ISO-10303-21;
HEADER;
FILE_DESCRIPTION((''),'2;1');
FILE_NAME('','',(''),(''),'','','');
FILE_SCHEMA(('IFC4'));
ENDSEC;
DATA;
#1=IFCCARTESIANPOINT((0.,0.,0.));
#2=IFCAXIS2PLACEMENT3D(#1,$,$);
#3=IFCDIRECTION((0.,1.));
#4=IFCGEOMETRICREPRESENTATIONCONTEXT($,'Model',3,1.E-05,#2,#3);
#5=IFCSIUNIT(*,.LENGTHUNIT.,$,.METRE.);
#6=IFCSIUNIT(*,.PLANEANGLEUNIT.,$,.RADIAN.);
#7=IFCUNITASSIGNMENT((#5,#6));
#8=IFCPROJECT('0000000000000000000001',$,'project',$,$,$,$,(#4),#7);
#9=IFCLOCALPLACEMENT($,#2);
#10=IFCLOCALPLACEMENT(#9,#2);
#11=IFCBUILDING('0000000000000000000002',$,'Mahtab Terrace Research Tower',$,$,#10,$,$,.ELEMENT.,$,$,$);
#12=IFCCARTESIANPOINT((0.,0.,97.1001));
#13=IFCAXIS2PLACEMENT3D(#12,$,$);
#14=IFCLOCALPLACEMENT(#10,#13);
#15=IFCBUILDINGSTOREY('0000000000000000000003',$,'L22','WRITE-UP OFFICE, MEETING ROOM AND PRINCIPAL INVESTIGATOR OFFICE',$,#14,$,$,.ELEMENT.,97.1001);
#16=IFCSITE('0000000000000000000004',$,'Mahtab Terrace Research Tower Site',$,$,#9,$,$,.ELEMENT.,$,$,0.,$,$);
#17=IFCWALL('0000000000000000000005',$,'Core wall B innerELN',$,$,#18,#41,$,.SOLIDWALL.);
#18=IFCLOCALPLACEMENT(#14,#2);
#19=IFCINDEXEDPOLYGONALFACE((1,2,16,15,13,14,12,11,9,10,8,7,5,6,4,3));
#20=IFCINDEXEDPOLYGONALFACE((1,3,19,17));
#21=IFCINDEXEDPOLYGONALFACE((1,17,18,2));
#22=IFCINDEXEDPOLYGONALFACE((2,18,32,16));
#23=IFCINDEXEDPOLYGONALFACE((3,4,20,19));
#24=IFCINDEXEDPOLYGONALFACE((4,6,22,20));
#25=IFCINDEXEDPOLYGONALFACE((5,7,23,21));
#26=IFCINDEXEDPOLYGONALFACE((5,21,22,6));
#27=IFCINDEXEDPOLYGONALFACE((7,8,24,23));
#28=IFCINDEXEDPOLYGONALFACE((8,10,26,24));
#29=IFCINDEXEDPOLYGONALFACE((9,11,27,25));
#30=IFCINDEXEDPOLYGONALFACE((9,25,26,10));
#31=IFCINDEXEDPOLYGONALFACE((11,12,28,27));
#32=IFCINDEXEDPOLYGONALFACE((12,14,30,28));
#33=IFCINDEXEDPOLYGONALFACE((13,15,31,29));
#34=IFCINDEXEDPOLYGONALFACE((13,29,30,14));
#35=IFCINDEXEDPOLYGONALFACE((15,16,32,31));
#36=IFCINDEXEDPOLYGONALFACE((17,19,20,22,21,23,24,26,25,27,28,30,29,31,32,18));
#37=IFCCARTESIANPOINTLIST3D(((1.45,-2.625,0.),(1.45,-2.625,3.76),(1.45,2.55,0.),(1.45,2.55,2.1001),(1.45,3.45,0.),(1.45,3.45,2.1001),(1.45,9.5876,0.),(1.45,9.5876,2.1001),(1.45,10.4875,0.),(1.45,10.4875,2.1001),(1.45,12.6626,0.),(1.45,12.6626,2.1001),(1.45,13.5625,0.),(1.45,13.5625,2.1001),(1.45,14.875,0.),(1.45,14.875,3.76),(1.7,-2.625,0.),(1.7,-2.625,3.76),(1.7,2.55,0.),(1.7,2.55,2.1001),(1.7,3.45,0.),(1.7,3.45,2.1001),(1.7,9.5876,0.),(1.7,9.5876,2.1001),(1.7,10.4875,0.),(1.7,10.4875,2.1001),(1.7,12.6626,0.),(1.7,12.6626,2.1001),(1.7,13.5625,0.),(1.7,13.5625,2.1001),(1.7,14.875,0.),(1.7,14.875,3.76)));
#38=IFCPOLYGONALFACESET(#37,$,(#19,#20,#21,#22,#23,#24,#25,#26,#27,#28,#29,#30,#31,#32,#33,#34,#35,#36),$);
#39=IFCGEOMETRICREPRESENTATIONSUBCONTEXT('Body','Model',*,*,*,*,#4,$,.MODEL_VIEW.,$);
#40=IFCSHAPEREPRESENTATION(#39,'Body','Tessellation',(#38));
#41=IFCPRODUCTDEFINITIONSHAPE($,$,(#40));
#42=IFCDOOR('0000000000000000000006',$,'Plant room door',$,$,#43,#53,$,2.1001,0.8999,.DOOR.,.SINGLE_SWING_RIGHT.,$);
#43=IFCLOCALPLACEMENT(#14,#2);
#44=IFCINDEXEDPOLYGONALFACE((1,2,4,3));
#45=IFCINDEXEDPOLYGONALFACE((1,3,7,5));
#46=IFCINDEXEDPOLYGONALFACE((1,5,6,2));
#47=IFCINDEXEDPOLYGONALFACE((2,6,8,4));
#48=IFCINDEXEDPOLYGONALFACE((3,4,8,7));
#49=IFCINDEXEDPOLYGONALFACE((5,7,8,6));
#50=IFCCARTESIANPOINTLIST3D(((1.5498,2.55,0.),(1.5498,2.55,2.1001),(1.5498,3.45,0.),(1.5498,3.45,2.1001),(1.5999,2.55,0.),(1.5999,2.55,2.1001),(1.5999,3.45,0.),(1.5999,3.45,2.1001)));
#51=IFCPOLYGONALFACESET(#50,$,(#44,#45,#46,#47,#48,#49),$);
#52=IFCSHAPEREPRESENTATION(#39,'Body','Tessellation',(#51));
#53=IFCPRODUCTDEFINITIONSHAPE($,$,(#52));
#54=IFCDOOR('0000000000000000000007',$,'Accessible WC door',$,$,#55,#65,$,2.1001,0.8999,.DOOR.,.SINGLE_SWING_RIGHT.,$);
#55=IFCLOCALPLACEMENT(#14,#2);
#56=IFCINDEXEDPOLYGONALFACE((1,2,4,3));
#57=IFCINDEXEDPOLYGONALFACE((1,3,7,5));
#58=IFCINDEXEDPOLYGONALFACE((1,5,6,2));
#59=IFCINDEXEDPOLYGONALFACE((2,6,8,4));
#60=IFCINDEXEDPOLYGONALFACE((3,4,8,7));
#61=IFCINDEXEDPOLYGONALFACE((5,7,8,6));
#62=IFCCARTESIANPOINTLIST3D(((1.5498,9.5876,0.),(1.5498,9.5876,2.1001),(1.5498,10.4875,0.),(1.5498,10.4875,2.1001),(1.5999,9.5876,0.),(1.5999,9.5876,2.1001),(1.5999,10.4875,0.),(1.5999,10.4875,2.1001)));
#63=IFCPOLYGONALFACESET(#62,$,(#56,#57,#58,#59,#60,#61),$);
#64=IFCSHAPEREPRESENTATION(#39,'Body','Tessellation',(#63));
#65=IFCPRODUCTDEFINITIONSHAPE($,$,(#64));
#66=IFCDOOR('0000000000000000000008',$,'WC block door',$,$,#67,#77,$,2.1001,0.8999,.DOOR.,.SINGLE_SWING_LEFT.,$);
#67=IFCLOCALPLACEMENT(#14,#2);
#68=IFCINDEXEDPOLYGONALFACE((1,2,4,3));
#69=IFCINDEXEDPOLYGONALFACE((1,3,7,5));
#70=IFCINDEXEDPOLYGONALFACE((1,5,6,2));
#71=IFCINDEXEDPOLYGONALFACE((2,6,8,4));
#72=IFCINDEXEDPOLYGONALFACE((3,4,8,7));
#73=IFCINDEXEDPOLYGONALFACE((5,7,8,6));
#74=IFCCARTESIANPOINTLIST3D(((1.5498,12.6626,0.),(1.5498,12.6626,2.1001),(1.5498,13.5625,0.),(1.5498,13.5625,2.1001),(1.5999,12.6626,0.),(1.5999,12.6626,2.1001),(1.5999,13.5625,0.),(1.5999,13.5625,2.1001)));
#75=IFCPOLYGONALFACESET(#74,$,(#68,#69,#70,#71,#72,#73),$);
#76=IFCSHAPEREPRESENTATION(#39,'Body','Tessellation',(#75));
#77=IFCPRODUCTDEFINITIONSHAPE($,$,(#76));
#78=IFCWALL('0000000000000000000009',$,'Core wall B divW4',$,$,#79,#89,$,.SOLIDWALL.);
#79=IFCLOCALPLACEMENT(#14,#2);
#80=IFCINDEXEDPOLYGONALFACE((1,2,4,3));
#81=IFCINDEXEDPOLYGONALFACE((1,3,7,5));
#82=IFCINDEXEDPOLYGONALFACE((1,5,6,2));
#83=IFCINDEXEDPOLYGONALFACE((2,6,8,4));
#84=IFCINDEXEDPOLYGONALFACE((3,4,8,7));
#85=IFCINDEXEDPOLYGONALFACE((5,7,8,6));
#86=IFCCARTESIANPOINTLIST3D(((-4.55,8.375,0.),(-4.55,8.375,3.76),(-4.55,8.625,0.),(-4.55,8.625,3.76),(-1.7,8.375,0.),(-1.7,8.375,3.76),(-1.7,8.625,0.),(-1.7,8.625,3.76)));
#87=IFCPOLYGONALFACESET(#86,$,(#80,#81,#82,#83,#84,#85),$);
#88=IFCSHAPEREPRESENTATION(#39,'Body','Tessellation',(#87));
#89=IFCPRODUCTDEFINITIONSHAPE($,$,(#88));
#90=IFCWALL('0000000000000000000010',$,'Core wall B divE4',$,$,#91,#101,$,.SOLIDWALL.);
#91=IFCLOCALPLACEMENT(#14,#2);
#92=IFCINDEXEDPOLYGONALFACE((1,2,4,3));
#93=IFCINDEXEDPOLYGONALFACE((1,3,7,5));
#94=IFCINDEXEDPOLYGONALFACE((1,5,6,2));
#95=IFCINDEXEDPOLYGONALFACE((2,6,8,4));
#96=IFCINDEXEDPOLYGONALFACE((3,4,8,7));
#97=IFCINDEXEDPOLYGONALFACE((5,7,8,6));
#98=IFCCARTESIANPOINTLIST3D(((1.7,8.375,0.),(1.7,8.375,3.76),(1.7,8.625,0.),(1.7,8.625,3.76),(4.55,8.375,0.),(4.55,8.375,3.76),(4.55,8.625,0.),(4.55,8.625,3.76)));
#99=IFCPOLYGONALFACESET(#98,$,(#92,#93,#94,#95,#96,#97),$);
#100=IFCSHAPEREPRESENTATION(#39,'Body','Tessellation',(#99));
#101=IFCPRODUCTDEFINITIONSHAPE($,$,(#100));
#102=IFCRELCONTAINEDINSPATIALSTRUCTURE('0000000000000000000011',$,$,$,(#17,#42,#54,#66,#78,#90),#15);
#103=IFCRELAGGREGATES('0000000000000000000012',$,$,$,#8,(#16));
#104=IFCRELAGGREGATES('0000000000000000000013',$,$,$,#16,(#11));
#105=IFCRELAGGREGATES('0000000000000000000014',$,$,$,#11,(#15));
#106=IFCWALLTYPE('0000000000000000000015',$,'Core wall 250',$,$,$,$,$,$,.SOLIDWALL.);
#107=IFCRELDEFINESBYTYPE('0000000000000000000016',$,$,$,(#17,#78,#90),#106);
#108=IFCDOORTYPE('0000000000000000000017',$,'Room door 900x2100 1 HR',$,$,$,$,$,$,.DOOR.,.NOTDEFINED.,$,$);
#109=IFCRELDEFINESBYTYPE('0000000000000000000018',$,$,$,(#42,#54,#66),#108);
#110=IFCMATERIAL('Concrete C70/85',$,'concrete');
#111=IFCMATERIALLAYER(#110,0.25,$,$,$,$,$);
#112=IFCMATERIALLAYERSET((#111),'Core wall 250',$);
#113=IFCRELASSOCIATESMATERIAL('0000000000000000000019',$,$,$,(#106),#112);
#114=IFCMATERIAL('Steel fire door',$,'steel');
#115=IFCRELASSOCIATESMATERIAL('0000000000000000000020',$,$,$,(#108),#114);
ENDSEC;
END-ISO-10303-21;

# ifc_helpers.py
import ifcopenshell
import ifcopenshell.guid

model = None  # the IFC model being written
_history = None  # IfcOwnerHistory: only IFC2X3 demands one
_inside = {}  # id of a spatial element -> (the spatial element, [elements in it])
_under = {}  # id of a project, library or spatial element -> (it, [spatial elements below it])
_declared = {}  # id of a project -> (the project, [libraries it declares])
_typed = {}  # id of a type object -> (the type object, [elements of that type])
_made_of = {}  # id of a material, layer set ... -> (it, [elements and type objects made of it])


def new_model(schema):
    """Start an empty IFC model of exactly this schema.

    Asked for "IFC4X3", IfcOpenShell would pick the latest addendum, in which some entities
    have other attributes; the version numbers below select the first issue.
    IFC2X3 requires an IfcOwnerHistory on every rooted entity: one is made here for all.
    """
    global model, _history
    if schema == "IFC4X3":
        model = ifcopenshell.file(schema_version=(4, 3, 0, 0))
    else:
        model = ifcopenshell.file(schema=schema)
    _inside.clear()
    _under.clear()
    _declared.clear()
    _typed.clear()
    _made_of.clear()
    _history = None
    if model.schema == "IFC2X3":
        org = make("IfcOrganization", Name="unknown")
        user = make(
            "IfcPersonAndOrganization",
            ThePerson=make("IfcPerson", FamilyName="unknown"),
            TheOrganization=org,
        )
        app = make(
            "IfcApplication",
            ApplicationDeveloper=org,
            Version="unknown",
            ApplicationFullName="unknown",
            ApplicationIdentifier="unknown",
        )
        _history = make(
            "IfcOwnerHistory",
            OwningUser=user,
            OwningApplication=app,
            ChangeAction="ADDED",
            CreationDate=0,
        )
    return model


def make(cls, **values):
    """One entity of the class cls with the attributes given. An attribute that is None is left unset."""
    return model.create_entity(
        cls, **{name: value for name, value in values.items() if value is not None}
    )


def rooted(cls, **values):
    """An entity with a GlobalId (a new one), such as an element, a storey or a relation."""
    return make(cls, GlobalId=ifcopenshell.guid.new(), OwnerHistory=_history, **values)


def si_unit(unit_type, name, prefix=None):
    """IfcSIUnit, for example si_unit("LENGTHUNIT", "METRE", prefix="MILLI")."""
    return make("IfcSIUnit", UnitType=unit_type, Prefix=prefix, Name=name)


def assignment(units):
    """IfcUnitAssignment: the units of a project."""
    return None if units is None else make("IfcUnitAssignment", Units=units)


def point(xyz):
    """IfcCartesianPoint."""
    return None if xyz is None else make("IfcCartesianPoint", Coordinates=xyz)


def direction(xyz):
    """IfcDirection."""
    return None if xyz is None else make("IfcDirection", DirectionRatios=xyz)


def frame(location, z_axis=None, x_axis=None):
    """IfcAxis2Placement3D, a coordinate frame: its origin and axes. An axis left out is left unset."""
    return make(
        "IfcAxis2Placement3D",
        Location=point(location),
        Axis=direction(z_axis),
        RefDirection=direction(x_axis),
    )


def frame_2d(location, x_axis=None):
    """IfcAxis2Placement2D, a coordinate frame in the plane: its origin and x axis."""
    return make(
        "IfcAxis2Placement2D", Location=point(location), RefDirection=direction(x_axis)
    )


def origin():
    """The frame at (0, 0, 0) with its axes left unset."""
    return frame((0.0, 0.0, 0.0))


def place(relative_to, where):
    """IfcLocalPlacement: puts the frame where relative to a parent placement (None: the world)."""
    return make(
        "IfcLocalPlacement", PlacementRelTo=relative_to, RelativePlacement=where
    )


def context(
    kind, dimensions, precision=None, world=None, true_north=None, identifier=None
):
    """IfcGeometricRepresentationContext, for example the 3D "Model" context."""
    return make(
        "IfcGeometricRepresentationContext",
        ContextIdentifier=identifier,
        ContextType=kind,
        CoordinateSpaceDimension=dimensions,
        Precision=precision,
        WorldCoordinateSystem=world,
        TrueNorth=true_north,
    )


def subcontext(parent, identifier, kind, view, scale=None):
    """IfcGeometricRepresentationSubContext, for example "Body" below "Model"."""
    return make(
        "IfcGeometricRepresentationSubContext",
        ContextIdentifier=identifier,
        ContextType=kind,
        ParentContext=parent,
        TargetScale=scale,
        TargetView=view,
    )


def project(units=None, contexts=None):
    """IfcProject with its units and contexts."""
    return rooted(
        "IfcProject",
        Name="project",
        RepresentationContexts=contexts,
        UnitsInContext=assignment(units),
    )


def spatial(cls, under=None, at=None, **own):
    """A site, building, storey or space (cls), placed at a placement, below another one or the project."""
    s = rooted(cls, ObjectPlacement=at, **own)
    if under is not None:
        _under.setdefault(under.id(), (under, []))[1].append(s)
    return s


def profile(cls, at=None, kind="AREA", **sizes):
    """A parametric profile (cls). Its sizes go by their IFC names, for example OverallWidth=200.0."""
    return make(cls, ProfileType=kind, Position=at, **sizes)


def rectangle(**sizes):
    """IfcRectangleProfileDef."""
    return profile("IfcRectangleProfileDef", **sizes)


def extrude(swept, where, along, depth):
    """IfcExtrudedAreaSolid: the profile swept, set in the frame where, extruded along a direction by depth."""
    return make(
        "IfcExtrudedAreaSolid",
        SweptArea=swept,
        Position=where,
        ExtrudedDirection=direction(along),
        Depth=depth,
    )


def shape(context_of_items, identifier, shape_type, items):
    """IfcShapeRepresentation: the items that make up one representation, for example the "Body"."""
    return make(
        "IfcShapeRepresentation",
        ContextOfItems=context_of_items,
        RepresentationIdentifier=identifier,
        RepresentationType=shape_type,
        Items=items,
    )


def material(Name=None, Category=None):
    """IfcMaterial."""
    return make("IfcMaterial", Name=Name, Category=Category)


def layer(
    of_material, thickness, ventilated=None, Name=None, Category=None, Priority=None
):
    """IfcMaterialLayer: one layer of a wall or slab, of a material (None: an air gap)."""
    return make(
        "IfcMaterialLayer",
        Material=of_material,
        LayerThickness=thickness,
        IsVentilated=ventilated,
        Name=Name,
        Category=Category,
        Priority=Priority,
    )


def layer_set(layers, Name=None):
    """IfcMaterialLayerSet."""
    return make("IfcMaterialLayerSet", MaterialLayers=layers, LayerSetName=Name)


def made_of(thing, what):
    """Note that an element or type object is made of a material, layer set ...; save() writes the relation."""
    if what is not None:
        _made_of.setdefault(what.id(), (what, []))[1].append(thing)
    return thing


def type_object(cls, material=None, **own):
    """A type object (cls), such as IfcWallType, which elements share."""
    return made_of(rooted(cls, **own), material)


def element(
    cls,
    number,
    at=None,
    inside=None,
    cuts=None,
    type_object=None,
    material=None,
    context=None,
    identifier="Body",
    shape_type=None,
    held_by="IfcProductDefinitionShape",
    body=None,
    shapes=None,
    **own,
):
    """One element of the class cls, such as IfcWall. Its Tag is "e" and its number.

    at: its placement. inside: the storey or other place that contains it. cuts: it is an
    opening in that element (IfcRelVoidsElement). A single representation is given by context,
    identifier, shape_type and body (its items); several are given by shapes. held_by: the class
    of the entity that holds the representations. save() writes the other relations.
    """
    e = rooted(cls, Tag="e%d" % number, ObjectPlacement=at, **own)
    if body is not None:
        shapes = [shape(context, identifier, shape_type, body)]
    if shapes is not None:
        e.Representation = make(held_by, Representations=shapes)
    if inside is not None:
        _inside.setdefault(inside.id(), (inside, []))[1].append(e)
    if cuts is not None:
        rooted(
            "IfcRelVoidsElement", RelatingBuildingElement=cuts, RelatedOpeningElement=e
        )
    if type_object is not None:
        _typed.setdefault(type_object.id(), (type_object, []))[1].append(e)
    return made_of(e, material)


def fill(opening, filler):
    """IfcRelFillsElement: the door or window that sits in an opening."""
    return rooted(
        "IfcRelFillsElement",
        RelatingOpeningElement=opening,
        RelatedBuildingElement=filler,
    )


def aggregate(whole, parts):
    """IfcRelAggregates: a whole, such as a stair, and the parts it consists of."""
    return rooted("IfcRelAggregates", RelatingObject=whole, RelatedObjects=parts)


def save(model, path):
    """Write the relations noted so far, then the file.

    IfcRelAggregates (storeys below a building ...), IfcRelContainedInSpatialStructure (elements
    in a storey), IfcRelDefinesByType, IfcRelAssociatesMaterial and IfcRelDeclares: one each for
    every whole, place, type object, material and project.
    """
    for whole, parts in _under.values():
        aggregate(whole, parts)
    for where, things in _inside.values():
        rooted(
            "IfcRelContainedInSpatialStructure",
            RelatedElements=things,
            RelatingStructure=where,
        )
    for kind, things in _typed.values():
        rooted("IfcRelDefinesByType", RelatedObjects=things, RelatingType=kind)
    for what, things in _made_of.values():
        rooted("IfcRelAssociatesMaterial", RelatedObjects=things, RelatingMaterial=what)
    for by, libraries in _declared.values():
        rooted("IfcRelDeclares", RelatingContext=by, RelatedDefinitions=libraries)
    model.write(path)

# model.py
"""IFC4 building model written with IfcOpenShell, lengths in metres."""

from ifc_helpers import new_model, si_unit, direction, frame, frame_2d, origin, place, context, subcontext, project, spatial, rectangle, extrude, material, layer, layer_set, type_object, element, fill, save


model = new_model("IFC4")

# Units and contexts
model_context = context("Model", 3, precision=1e-05, world=origin(), true_north=direction((0.0, 1.0)))
body_context = subcontext(model_context, "Body", "Model", "MODEL_VIEW")
ifc_project = project(units=[si_unit("LENGTHUNIT", "METRE"), si_unit("PLANEANGLEUNIT", "RADIAN")], contexts=[model_context])

# Site, building, storey
site_placement = place(None, origin())
site = spatial("IfcSite", under=ifc_project, at=site_placement, Name="Mahtab Terrace Research Tower Site", CompositionType="ELEMENT", RefElevation=0.0)
building_placement = place(site_placement, origin())
building = spatial("IfcBuilding", under=site, at=building_placement, Name="Mahtab Terrace Research Tower", CompositionType="ELEMENT")
storey_placement = place(building_placement, frame((0.0, 0.0, 97.1001)))
storey = spatial("IfcBuildingStorey", under=building, at=storey_placement, Name="L22", Description="WRITE-UP OFFICE, MEETING ROOM AND PRINCIPAL INVESTIGATOR OFFICE", CompositionType="ELEMENT", Elevation=97.1001)

# Shared definitions
ifc_material_1 = material(Name="Concrete C70/85", Category="concrete")

# Shared definitions
ifc_layer_1 = layer(ifc_material_1, 0.25)
ifc_layer_set_1 = layer_set([ifc_layer_1], Name="Core wall 250")
wall_type_1 = type_object("IfcWallType", Name="Core wall 250", PredefinedType="SOLIDWALL", material=ifc_layer_set_1)
ifc_material_2 = material(Name="Steel fire door", Category="steel")

# Wall, openings, doors
wall_1_placement = place(storey_placement, frame((1.575, 14.875, 0.0), z_axis=(0.0, 0.0, 1.0), x_axis=(0.0, -1.0, 0.0)))
wall_1 = element("IfcWall", 1, at=wall_1_placement, inside=storey, type_object=wall_type_1, Name="Core wall B innerELN", PredefinedType="SOLIDWALL", context=body_context, shape_type="SweptSolid", body=[
    extrude(rectangle(XDim=17.5, YDim=0.25, at=frame_2d((8.75, 0.0))), origin(), (0.0, 0.0, 1.0), 3.76),
])
opening_1_placement = place(wall_1_placement, frame((11.425, 0.0, 0.0)))
opening_1 = element("IfcOpeningElement", 2, at=opening_1_placement, cuts=wall_1, PredefinedType="OPENING", context=body_context, shape_type="SweptSolid", body=[
    extrude(rectangle(XDim=0.8999, YDim=2.1001, at=frame_2d((0.45, 1.05))), frame((0.0, 0.135, 0.0), z_axis=(0.0, -1.0, 0.0), x_axis=(1.0, 0.0, 0.0)), (0.0, 0.0, 1.0), 0.27),
])
opening_2_placement = place(wall_1_placement, frame((4.3875, 0.0, 0.0)))
opening_2 = element("IfcOpeningElement", 3, at=opening_2_placement, cuts=wall_1, PredefinedType="OPENING", context=body_context, shape_type="SweptSolid", body=[
    extrude(rectangle(XDim=0.8999, YDim=2.1001, at=frame_2d((0.45, 1.05))), frame((0.0, 0.135, 0.0), z_axis=(0.0, -1.0, 0.0), x_axis=(1.0, 0.0, 0.0)), (0.0, 0.0, 1.0), 0.27),
])
opening_3_placement = place(wall_1_placement, frame((1.3125, 0.0, 0.0)))
opening_3 = element("IfcOpeningElement", 4, at=opening_3_placement, cuts=wall_1, PredefinedType="OPENING", context=body_context, shape_type="SweptSolid", body=[
    extrude(rectangle(XDim=0.8999, YDim=2.1001, at=frame_2d((0.45, 1.05))), frame((0.0, 0.135, 0.0), z_axis=(0.0, -1.0, 0.0), x_axis=(1.0, 0.0, 0.0)), (0.0, 0.0, 1.0), 0.27),
])
door_type_1 = type_object("IfcDoorType", Name="Room door 900x2100 1 HR", OperationType="NOTDEFINED", PredefinedType="DOOR", material=ifc_material_2)
door_1_placement = place(opening_1_placement, origin())
door_1 = element("IfcDoor", 5, at=door_1_placement, inside=storey, type_object=door_type_1, Name="Plant room door", OperationType="SINGLE_SWING_RIGHT", OverallHeight=2.1001, OverallWidth=0.8999, PredefinedType="DOOR", context=body_context, shape_type="SweptSolid", body=[
    extrude(rectangle(XDim=0.8999, YDim=2.1001, at=frame_2d((0.45, 1.05))), frame((0.0, 0.0249, 0.0), z_axis=(0.0, -1.0, 0.0), x_axis=(1.0, 0.0, 0.0)), (0.0, 0.0, 1.0), 0.05),
])
fill(opening_1, door_1)
door_2_placement = place(opening_2_placement, origin())
door_2 = element("IfcDoor", 6, at=door_2_placement, inside=storey, type_object=door_type_1, Name="Accessible WC door", OperationType="SINGLE_SWING_RIGHT", OverallHeight=2.1001, OverallWidth=0.8999, PredefinedType="DOOR", context=body_context, shape_type="SweptSolid", body=[
    extrude(rectangle(XDim=0.8999, YDim=2.1001, at=frame_2d((0.45, 1.05))), frame((0.0, 0.0249, 0.0), z_axis=(0.0, -1.0, 0.0), x_axis=(1.0, 0.0, 0.0)), (0.0, 0.0, 1.0), 0.05),
])
fill(opening_2, door_2)
door_3_placement = place(opening_3_placement, origin())
door_3 = element("IfcDoor", 7, at=door_3_placement, inside=storey, type_object=door_type_1, Name="WC block door", OperationType="SINGLE_SWING_LEFT", OverallHeight=2.1001, OverallWidth=0.8999, PredefinedType="DOOR", context=body_context, shape_type="SweptSolid", body=[
    extrude(rectangle(XDim=0.8999, YDim=2.1001, at=frame_2d((0.45, 1.05))), frame((0.0, 0.0249, 0.0), z_axis=(0.0, -1.0, 0.0), x_axis=(1.0, 0.0, 0.0)), (0.0, 0.0, 1.0), 0.05),
])
fill(opening_3, door_3)

# Walls
for number, where, z_axis, x_axis, name in (
    (8, (-4.55, 8.5, 0.0), (0.0, 0.0, 1.0), (1.0, 0.0, 0.0), "Core wall B divW4"),
    (9, (1.7, 8.5, 0.0), (0.0, 0.0, 1.0), (1.0, 0.0, 0.0), "Core wall B divE4"),
):
    element("IfcWall", number, at=place(storey_placement, frame(where, z_axis=z_axis, x_axis=x_axis)), inside=storey, type_object=wall_type_1, Name=name, PredefinedType="SOLIDWALL", context=body_context, shape_type="SweptSolid", body=[
        extrude(rectangle(XDim=2.8501, YDim=0.25, at=frame_2d((1.425, 0.0))), origin(), (0.0, 0.0, 1.0), 3.76),
    ])

save(model, "model.ifc")
